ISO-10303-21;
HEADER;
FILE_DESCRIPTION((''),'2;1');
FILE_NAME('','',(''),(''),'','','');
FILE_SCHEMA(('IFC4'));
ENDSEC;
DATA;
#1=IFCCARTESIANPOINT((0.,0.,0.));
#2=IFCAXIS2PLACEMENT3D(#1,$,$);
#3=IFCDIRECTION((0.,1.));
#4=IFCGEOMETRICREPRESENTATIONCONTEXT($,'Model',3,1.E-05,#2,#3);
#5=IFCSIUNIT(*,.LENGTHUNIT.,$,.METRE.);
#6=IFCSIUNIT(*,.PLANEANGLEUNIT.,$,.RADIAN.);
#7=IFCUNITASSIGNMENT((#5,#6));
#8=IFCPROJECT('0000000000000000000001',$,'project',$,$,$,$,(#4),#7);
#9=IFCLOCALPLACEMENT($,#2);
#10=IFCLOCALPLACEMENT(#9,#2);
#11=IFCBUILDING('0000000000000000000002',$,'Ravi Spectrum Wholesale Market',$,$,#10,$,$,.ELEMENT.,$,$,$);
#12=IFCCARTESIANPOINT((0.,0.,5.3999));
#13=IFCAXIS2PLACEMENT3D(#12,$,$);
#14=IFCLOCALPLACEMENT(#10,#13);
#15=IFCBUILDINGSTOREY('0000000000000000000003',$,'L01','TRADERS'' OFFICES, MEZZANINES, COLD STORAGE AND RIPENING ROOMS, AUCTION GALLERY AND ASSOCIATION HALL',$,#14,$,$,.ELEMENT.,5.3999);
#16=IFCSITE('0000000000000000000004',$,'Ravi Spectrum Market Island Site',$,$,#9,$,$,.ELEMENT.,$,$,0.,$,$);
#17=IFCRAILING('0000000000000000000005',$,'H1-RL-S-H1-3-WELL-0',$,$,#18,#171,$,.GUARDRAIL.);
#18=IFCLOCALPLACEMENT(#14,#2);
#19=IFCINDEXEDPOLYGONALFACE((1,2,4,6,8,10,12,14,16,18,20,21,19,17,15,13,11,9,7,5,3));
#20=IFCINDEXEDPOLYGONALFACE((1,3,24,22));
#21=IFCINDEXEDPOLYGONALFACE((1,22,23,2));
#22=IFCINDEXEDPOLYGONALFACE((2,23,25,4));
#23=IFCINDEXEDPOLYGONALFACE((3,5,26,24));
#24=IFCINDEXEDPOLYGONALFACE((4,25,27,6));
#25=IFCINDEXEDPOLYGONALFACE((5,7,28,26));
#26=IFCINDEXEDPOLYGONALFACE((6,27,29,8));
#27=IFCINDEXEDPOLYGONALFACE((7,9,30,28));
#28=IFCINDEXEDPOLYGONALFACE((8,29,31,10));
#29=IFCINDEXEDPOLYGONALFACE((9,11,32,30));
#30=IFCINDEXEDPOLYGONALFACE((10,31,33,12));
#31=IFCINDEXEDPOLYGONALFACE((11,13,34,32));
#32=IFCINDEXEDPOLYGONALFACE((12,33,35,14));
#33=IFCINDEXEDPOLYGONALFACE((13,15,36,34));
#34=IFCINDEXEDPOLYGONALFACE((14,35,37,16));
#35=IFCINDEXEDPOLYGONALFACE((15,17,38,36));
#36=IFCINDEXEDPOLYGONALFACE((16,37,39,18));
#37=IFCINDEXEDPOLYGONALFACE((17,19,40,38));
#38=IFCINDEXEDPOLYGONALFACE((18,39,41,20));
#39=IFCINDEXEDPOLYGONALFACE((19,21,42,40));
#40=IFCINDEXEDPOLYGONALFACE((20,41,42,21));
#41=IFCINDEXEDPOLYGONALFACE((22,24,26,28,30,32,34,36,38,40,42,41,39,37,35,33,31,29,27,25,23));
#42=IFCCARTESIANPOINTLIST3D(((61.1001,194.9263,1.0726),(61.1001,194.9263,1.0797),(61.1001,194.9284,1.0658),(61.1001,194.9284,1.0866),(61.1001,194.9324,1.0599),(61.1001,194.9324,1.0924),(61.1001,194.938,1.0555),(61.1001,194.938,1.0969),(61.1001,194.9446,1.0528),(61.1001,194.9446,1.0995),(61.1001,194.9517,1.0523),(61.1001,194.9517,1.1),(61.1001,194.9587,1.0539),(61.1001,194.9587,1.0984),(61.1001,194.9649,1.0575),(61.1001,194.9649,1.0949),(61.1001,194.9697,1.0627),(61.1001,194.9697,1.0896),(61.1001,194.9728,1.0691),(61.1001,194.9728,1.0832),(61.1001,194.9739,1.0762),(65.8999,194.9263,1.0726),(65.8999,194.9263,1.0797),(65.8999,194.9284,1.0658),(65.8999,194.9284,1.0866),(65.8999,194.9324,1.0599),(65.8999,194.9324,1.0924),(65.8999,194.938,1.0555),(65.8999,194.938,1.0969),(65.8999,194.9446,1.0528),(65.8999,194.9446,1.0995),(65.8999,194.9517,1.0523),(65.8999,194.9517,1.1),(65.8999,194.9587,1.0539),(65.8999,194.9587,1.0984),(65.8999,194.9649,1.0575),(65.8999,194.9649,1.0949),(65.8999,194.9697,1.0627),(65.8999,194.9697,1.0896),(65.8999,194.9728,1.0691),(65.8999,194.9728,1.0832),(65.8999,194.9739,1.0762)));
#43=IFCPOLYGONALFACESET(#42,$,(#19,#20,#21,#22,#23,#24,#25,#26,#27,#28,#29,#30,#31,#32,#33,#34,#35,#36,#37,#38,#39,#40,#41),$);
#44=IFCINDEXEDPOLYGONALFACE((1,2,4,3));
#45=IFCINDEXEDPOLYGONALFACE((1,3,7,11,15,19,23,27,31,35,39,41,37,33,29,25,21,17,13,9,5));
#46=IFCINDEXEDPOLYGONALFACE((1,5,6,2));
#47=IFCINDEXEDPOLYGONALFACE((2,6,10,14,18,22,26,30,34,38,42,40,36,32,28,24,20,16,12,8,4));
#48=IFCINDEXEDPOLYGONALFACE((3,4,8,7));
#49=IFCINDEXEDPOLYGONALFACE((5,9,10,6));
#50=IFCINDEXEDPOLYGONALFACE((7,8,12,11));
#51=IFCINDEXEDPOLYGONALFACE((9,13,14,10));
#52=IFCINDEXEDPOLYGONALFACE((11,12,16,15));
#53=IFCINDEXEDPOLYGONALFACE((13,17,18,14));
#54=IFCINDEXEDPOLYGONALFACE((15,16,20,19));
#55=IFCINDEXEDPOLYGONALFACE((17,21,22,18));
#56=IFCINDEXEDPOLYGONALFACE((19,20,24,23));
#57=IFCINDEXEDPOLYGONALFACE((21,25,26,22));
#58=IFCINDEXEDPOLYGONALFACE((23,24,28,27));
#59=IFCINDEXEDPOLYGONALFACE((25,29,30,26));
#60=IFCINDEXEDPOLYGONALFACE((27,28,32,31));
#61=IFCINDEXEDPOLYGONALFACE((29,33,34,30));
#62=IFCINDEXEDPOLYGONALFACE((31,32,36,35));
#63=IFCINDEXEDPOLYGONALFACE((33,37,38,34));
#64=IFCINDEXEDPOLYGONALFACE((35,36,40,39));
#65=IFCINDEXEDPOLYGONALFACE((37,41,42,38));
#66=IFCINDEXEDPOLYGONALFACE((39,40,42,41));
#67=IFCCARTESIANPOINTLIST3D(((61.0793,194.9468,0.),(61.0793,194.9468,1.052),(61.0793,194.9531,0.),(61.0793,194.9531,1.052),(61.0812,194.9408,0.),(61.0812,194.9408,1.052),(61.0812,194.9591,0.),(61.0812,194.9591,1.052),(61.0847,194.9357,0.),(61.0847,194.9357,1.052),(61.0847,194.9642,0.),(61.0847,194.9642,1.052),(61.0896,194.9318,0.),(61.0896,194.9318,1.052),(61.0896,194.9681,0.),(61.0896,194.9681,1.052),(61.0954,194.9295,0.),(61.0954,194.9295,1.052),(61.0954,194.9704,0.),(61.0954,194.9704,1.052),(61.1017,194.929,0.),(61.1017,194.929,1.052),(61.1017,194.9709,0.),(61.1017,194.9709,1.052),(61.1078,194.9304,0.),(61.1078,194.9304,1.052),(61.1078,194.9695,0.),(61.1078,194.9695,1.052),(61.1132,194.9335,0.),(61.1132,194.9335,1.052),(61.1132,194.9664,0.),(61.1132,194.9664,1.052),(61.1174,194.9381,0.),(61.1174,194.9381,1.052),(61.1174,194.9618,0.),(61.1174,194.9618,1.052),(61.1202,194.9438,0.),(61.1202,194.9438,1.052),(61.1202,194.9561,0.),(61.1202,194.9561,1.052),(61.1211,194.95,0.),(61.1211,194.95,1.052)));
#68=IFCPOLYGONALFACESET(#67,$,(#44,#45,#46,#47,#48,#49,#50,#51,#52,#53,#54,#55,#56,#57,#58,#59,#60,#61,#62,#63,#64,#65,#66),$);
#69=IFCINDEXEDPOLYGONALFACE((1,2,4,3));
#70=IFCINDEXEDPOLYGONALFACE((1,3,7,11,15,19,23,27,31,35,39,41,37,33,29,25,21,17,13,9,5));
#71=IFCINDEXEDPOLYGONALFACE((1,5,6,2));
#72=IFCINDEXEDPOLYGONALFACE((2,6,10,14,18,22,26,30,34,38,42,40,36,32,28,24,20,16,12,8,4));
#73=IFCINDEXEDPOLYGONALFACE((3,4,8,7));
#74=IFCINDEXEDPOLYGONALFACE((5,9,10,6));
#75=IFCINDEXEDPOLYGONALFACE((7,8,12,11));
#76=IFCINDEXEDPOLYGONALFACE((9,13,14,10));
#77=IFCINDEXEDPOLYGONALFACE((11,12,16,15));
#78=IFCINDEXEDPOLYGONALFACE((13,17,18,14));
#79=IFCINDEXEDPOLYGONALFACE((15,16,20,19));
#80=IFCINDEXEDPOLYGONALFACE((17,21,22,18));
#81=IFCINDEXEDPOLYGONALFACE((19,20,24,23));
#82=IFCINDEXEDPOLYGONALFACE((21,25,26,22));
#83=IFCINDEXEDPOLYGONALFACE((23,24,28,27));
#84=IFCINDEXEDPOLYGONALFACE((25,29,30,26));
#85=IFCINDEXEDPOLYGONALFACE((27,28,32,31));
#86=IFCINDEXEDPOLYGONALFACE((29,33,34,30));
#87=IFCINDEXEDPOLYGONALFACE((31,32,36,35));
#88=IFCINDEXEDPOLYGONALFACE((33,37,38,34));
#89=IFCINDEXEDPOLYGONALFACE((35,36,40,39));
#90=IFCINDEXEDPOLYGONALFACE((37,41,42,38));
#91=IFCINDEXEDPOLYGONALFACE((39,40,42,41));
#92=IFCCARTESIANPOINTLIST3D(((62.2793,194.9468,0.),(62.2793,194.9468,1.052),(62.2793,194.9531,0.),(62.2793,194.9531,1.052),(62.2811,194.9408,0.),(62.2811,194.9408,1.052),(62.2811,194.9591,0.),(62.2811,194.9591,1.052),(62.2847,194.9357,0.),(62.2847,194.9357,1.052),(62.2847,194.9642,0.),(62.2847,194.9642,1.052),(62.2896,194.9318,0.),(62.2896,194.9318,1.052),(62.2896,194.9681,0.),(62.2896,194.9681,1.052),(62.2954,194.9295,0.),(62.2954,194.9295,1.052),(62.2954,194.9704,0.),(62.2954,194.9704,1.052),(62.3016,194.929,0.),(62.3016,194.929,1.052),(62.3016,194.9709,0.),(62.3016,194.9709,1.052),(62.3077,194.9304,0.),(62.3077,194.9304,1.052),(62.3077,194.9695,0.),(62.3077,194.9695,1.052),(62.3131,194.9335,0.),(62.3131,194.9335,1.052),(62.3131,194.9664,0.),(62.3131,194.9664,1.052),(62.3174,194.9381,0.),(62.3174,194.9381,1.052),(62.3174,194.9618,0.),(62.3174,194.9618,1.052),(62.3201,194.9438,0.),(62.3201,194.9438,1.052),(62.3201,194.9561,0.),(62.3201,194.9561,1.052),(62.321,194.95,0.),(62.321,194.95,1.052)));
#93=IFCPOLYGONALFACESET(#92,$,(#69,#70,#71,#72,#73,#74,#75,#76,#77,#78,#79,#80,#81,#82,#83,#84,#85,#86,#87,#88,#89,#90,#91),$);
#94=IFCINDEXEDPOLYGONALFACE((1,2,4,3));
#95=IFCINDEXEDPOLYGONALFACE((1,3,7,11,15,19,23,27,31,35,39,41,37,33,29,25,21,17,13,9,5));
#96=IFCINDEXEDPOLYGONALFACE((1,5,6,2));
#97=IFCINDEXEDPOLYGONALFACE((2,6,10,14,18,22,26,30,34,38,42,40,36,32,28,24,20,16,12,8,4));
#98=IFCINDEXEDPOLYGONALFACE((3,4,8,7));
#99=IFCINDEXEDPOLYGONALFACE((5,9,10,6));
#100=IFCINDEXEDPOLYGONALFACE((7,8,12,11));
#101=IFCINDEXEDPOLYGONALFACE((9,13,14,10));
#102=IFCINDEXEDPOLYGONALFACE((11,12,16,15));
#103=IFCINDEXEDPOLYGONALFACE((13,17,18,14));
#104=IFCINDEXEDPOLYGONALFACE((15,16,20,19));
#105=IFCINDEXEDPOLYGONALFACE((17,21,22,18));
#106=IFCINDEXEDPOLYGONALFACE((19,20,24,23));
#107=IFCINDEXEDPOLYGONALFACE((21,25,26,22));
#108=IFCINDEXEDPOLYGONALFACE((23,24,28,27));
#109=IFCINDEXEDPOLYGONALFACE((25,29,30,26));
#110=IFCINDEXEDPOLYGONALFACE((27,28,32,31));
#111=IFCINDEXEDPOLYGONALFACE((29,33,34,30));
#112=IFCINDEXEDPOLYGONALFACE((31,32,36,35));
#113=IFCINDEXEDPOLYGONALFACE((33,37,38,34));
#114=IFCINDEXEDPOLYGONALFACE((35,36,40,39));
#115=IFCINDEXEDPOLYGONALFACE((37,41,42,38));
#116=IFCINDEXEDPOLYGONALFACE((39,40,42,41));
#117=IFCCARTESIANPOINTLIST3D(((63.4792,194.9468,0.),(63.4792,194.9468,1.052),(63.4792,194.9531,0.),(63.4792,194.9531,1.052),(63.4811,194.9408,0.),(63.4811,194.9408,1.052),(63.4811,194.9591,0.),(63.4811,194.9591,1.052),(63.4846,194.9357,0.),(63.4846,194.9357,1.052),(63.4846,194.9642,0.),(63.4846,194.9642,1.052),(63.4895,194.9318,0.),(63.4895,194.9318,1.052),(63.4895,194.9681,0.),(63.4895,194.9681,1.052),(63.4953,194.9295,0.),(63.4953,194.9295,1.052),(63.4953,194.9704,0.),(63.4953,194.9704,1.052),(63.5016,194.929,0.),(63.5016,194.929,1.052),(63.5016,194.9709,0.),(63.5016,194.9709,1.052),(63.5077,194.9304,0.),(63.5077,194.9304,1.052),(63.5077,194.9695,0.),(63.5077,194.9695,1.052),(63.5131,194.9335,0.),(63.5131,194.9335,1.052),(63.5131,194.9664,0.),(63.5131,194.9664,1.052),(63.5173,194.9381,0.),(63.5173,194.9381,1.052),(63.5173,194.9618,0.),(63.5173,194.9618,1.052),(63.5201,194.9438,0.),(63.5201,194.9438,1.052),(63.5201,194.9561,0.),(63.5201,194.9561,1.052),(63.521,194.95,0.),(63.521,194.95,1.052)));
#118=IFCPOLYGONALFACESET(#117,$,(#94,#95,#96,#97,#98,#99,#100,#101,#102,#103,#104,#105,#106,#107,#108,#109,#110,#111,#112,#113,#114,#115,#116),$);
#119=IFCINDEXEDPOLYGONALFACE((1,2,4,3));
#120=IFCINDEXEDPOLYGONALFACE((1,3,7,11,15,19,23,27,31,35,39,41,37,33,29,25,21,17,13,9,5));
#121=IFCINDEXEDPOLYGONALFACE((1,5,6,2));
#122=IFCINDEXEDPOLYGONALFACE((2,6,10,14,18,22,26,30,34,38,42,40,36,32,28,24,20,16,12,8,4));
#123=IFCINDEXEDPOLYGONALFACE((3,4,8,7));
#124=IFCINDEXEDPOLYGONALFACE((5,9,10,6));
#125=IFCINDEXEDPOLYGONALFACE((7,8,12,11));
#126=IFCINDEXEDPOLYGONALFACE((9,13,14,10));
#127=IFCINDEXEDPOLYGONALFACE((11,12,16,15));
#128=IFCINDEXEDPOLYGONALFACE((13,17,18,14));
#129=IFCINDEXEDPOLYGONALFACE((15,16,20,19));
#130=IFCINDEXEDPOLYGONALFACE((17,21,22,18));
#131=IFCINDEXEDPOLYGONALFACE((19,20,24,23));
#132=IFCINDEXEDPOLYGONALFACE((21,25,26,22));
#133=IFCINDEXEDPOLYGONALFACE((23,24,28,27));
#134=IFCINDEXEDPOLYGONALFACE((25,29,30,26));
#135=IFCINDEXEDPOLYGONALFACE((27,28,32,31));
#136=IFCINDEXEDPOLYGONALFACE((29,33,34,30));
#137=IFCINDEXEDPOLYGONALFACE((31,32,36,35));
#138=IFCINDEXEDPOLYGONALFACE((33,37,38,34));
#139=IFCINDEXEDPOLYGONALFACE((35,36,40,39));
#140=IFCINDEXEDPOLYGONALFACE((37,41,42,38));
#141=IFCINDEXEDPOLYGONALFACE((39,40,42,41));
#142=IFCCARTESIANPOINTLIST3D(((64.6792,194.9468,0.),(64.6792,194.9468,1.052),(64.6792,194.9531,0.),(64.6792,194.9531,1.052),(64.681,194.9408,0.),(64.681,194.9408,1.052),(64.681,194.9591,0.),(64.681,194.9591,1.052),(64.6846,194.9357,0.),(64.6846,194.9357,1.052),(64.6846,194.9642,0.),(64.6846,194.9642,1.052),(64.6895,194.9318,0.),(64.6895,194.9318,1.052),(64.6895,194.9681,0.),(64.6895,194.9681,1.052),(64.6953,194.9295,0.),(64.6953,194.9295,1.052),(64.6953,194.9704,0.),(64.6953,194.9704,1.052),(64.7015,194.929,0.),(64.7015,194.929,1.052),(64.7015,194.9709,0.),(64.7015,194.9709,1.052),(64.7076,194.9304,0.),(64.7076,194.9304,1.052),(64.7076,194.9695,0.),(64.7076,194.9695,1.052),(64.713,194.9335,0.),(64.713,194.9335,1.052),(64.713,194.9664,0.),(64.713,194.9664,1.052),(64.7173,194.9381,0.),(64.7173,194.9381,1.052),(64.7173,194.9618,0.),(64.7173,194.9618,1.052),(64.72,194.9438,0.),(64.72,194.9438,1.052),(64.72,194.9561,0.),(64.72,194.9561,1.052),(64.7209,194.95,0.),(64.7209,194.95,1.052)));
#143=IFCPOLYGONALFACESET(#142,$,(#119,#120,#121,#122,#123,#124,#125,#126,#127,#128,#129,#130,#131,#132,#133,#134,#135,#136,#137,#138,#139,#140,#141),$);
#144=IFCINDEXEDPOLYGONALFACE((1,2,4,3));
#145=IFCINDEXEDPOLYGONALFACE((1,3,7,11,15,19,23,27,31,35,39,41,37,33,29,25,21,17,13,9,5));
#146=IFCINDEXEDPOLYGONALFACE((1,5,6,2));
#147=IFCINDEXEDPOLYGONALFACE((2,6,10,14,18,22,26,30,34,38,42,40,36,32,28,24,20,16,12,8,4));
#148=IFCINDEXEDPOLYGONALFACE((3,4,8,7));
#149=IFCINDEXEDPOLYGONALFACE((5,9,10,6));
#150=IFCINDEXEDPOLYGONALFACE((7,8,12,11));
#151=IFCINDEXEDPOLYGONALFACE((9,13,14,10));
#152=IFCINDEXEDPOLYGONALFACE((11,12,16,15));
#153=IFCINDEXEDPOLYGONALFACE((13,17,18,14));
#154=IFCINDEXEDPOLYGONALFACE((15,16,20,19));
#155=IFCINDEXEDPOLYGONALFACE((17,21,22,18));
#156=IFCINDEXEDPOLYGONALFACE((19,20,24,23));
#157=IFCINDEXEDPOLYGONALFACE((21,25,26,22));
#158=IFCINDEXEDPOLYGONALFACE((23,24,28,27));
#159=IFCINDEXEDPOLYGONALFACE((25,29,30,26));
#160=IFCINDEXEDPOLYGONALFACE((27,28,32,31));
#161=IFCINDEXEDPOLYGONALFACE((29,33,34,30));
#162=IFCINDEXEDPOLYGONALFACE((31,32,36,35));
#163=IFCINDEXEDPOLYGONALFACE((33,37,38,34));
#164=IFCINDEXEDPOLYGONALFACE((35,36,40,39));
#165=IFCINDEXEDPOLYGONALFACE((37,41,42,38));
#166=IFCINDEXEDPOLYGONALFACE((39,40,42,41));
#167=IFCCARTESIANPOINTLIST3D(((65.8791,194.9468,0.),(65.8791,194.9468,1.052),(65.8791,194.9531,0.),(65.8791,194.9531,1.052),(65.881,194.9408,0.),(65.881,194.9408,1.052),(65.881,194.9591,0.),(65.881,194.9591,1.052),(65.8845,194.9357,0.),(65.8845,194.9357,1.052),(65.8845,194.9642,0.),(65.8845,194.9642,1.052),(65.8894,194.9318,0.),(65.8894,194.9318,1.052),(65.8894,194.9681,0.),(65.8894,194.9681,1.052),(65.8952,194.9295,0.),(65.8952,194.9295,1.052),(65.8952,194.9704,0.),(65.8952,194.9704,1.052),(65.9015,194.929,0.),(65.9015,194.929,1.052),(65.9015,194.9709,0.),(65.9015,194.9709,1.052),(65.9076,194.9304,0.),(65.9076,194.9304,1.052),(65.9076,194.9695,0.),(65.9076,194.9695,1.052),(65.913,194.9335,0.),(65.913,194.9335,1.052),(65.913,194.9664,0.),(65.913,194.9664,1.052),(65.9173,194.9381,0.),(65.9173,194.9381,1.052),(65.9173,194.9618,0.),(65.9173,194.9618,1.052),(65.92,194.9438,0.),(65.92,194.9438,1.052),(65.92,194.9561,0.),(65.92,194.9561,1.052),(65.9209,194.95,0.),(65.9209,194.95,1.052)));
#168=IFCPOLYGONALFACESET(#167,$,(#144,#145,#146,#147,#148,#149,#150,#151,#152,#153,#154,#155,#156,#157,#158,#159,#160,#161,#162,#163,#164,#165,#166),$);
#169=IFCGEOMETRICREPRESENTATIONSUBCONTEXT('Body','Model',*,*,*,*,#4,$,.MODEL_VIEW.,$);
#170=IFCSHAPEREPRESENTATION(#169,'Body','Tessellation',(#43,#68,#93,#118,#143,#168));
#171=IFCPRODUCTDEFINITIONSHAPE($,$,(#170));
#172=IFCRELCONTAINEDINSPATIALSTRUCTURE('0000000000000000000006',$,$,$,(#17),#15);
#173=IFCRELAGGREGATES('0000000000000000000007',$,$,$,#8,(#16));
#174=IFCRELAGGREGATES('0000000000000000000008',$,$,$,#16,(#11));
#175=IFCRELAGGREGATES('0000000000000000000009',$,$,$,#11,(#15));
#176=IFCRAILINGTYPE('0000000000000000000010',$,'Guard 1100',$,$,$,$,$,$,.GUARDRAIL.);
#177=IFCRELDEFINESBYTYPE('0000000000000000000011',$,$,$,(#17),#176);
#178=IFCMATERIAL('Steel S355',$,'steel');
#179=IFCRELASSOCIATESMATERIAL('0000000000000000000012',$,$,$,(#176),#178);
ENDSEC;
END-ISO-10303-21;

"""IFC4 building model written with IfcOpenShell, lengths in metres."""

from ifc_helpers import new_model, si_unit, direction, frame, origin, origin_2d, place, context, subcontext, project, spatial, circle, extrude, material, type_object, element, save


model = new_model("IFC4")

# Units and contexts
model_context = context("Model", 3, precision=1e-05, world=origin(), true_north=direction((0.0, 1.0)))
body_context = subcontext(model_context, "Body", "Model", "MODEL_VIEW")
ifc_project = project(units=[si_unit("LENGTHUNIT", "METRE"), si_unit("PLANEANGLEUNIT", "RADIAN")], contexts=[model_context])

# Site, building, storey
site_placement = place(None, origin())
site = spatial("IfcSite", under=ifc_project, at=site_placement, Name="Ravi Spectrum Market Island Site", CompositionType="ELEMENT", RefElevation=0.0)
building_placement = place(site_placement, origin())
building = spatial("IfcBuilding", under=site, at=building_placement, Name="Ravi Spectrum Wholesale Market", CompositionType="ELEMENT")
storey_placement = place(building_placement, frame((0.0, 0.0, 5.3999)))
storey = spatial("IfcBuildingStorey", under=building, at=storey_placement, Name="L01", Description="TRADERS' OFFICES, MEZZANINES, COLD STORAGE AND RIPENING ROOMS, AUCTION GALLERY AND ASSOCIATION HALL", CompositionType="ELEMENT", Elevation=5.3999)

# Railing
ifc_material_1 = material(Name="Steel S355", Category="steel")
railing_type = type_object("IfcRailingType", Name="Guard 1100", PredefinedType="GUARDRAIL", material=ifc_material_1)
railing_1_placement = place(storey_placement, frame((61.1001, 194.95, 0.0)))
element("IfcRailing", 1, at=railing_1_placement, inside=storey, type_object=railing_type, Name="H1-RL-S-H1-3-WELL-0", PredefinedType="GUARDRAIL", context=body_context, shape_type="SweptSolid", body=[
    extrude(circle(Radius=0.0239, at=origin_2d()), frame((0.0, 0.0, 1.0762), z_axis=(1.0, 0.0, 0.0), x_axis=(0.0, 1.0, 0.0)), (0.0, 0.0, 1.0), 4.7998),
    extrude(circle(Radius=0.021, at=origin_2d()), origin(), (0.0, 0.0, 1.0), 1.052),
    extrude(circle(Radius=0.021, at=origin_2d()), frame((1.2, 0.0, 0.0)), (0.0, 0.0, 1.0), 1.052),
    extrude(circle(Radius=0.021, at=origin_2d()), frame((2.3999, 0.0, 0.0)), (0.0, 0.0, 1.0), 1.052),
    extrude(circle(Radius=0.021, at=origin_2d()), frame((3.5999, 0.0, 0.0)), (0.0, 0.0, 1.0), 1.052),
    extrude(circle(Radius=0.021, at=origin_2d()), frame((4.7998, 0.0, 0.0)), (0.0, 0.0, 1.0), 1.052),
])

save(model, "model.ifc")
